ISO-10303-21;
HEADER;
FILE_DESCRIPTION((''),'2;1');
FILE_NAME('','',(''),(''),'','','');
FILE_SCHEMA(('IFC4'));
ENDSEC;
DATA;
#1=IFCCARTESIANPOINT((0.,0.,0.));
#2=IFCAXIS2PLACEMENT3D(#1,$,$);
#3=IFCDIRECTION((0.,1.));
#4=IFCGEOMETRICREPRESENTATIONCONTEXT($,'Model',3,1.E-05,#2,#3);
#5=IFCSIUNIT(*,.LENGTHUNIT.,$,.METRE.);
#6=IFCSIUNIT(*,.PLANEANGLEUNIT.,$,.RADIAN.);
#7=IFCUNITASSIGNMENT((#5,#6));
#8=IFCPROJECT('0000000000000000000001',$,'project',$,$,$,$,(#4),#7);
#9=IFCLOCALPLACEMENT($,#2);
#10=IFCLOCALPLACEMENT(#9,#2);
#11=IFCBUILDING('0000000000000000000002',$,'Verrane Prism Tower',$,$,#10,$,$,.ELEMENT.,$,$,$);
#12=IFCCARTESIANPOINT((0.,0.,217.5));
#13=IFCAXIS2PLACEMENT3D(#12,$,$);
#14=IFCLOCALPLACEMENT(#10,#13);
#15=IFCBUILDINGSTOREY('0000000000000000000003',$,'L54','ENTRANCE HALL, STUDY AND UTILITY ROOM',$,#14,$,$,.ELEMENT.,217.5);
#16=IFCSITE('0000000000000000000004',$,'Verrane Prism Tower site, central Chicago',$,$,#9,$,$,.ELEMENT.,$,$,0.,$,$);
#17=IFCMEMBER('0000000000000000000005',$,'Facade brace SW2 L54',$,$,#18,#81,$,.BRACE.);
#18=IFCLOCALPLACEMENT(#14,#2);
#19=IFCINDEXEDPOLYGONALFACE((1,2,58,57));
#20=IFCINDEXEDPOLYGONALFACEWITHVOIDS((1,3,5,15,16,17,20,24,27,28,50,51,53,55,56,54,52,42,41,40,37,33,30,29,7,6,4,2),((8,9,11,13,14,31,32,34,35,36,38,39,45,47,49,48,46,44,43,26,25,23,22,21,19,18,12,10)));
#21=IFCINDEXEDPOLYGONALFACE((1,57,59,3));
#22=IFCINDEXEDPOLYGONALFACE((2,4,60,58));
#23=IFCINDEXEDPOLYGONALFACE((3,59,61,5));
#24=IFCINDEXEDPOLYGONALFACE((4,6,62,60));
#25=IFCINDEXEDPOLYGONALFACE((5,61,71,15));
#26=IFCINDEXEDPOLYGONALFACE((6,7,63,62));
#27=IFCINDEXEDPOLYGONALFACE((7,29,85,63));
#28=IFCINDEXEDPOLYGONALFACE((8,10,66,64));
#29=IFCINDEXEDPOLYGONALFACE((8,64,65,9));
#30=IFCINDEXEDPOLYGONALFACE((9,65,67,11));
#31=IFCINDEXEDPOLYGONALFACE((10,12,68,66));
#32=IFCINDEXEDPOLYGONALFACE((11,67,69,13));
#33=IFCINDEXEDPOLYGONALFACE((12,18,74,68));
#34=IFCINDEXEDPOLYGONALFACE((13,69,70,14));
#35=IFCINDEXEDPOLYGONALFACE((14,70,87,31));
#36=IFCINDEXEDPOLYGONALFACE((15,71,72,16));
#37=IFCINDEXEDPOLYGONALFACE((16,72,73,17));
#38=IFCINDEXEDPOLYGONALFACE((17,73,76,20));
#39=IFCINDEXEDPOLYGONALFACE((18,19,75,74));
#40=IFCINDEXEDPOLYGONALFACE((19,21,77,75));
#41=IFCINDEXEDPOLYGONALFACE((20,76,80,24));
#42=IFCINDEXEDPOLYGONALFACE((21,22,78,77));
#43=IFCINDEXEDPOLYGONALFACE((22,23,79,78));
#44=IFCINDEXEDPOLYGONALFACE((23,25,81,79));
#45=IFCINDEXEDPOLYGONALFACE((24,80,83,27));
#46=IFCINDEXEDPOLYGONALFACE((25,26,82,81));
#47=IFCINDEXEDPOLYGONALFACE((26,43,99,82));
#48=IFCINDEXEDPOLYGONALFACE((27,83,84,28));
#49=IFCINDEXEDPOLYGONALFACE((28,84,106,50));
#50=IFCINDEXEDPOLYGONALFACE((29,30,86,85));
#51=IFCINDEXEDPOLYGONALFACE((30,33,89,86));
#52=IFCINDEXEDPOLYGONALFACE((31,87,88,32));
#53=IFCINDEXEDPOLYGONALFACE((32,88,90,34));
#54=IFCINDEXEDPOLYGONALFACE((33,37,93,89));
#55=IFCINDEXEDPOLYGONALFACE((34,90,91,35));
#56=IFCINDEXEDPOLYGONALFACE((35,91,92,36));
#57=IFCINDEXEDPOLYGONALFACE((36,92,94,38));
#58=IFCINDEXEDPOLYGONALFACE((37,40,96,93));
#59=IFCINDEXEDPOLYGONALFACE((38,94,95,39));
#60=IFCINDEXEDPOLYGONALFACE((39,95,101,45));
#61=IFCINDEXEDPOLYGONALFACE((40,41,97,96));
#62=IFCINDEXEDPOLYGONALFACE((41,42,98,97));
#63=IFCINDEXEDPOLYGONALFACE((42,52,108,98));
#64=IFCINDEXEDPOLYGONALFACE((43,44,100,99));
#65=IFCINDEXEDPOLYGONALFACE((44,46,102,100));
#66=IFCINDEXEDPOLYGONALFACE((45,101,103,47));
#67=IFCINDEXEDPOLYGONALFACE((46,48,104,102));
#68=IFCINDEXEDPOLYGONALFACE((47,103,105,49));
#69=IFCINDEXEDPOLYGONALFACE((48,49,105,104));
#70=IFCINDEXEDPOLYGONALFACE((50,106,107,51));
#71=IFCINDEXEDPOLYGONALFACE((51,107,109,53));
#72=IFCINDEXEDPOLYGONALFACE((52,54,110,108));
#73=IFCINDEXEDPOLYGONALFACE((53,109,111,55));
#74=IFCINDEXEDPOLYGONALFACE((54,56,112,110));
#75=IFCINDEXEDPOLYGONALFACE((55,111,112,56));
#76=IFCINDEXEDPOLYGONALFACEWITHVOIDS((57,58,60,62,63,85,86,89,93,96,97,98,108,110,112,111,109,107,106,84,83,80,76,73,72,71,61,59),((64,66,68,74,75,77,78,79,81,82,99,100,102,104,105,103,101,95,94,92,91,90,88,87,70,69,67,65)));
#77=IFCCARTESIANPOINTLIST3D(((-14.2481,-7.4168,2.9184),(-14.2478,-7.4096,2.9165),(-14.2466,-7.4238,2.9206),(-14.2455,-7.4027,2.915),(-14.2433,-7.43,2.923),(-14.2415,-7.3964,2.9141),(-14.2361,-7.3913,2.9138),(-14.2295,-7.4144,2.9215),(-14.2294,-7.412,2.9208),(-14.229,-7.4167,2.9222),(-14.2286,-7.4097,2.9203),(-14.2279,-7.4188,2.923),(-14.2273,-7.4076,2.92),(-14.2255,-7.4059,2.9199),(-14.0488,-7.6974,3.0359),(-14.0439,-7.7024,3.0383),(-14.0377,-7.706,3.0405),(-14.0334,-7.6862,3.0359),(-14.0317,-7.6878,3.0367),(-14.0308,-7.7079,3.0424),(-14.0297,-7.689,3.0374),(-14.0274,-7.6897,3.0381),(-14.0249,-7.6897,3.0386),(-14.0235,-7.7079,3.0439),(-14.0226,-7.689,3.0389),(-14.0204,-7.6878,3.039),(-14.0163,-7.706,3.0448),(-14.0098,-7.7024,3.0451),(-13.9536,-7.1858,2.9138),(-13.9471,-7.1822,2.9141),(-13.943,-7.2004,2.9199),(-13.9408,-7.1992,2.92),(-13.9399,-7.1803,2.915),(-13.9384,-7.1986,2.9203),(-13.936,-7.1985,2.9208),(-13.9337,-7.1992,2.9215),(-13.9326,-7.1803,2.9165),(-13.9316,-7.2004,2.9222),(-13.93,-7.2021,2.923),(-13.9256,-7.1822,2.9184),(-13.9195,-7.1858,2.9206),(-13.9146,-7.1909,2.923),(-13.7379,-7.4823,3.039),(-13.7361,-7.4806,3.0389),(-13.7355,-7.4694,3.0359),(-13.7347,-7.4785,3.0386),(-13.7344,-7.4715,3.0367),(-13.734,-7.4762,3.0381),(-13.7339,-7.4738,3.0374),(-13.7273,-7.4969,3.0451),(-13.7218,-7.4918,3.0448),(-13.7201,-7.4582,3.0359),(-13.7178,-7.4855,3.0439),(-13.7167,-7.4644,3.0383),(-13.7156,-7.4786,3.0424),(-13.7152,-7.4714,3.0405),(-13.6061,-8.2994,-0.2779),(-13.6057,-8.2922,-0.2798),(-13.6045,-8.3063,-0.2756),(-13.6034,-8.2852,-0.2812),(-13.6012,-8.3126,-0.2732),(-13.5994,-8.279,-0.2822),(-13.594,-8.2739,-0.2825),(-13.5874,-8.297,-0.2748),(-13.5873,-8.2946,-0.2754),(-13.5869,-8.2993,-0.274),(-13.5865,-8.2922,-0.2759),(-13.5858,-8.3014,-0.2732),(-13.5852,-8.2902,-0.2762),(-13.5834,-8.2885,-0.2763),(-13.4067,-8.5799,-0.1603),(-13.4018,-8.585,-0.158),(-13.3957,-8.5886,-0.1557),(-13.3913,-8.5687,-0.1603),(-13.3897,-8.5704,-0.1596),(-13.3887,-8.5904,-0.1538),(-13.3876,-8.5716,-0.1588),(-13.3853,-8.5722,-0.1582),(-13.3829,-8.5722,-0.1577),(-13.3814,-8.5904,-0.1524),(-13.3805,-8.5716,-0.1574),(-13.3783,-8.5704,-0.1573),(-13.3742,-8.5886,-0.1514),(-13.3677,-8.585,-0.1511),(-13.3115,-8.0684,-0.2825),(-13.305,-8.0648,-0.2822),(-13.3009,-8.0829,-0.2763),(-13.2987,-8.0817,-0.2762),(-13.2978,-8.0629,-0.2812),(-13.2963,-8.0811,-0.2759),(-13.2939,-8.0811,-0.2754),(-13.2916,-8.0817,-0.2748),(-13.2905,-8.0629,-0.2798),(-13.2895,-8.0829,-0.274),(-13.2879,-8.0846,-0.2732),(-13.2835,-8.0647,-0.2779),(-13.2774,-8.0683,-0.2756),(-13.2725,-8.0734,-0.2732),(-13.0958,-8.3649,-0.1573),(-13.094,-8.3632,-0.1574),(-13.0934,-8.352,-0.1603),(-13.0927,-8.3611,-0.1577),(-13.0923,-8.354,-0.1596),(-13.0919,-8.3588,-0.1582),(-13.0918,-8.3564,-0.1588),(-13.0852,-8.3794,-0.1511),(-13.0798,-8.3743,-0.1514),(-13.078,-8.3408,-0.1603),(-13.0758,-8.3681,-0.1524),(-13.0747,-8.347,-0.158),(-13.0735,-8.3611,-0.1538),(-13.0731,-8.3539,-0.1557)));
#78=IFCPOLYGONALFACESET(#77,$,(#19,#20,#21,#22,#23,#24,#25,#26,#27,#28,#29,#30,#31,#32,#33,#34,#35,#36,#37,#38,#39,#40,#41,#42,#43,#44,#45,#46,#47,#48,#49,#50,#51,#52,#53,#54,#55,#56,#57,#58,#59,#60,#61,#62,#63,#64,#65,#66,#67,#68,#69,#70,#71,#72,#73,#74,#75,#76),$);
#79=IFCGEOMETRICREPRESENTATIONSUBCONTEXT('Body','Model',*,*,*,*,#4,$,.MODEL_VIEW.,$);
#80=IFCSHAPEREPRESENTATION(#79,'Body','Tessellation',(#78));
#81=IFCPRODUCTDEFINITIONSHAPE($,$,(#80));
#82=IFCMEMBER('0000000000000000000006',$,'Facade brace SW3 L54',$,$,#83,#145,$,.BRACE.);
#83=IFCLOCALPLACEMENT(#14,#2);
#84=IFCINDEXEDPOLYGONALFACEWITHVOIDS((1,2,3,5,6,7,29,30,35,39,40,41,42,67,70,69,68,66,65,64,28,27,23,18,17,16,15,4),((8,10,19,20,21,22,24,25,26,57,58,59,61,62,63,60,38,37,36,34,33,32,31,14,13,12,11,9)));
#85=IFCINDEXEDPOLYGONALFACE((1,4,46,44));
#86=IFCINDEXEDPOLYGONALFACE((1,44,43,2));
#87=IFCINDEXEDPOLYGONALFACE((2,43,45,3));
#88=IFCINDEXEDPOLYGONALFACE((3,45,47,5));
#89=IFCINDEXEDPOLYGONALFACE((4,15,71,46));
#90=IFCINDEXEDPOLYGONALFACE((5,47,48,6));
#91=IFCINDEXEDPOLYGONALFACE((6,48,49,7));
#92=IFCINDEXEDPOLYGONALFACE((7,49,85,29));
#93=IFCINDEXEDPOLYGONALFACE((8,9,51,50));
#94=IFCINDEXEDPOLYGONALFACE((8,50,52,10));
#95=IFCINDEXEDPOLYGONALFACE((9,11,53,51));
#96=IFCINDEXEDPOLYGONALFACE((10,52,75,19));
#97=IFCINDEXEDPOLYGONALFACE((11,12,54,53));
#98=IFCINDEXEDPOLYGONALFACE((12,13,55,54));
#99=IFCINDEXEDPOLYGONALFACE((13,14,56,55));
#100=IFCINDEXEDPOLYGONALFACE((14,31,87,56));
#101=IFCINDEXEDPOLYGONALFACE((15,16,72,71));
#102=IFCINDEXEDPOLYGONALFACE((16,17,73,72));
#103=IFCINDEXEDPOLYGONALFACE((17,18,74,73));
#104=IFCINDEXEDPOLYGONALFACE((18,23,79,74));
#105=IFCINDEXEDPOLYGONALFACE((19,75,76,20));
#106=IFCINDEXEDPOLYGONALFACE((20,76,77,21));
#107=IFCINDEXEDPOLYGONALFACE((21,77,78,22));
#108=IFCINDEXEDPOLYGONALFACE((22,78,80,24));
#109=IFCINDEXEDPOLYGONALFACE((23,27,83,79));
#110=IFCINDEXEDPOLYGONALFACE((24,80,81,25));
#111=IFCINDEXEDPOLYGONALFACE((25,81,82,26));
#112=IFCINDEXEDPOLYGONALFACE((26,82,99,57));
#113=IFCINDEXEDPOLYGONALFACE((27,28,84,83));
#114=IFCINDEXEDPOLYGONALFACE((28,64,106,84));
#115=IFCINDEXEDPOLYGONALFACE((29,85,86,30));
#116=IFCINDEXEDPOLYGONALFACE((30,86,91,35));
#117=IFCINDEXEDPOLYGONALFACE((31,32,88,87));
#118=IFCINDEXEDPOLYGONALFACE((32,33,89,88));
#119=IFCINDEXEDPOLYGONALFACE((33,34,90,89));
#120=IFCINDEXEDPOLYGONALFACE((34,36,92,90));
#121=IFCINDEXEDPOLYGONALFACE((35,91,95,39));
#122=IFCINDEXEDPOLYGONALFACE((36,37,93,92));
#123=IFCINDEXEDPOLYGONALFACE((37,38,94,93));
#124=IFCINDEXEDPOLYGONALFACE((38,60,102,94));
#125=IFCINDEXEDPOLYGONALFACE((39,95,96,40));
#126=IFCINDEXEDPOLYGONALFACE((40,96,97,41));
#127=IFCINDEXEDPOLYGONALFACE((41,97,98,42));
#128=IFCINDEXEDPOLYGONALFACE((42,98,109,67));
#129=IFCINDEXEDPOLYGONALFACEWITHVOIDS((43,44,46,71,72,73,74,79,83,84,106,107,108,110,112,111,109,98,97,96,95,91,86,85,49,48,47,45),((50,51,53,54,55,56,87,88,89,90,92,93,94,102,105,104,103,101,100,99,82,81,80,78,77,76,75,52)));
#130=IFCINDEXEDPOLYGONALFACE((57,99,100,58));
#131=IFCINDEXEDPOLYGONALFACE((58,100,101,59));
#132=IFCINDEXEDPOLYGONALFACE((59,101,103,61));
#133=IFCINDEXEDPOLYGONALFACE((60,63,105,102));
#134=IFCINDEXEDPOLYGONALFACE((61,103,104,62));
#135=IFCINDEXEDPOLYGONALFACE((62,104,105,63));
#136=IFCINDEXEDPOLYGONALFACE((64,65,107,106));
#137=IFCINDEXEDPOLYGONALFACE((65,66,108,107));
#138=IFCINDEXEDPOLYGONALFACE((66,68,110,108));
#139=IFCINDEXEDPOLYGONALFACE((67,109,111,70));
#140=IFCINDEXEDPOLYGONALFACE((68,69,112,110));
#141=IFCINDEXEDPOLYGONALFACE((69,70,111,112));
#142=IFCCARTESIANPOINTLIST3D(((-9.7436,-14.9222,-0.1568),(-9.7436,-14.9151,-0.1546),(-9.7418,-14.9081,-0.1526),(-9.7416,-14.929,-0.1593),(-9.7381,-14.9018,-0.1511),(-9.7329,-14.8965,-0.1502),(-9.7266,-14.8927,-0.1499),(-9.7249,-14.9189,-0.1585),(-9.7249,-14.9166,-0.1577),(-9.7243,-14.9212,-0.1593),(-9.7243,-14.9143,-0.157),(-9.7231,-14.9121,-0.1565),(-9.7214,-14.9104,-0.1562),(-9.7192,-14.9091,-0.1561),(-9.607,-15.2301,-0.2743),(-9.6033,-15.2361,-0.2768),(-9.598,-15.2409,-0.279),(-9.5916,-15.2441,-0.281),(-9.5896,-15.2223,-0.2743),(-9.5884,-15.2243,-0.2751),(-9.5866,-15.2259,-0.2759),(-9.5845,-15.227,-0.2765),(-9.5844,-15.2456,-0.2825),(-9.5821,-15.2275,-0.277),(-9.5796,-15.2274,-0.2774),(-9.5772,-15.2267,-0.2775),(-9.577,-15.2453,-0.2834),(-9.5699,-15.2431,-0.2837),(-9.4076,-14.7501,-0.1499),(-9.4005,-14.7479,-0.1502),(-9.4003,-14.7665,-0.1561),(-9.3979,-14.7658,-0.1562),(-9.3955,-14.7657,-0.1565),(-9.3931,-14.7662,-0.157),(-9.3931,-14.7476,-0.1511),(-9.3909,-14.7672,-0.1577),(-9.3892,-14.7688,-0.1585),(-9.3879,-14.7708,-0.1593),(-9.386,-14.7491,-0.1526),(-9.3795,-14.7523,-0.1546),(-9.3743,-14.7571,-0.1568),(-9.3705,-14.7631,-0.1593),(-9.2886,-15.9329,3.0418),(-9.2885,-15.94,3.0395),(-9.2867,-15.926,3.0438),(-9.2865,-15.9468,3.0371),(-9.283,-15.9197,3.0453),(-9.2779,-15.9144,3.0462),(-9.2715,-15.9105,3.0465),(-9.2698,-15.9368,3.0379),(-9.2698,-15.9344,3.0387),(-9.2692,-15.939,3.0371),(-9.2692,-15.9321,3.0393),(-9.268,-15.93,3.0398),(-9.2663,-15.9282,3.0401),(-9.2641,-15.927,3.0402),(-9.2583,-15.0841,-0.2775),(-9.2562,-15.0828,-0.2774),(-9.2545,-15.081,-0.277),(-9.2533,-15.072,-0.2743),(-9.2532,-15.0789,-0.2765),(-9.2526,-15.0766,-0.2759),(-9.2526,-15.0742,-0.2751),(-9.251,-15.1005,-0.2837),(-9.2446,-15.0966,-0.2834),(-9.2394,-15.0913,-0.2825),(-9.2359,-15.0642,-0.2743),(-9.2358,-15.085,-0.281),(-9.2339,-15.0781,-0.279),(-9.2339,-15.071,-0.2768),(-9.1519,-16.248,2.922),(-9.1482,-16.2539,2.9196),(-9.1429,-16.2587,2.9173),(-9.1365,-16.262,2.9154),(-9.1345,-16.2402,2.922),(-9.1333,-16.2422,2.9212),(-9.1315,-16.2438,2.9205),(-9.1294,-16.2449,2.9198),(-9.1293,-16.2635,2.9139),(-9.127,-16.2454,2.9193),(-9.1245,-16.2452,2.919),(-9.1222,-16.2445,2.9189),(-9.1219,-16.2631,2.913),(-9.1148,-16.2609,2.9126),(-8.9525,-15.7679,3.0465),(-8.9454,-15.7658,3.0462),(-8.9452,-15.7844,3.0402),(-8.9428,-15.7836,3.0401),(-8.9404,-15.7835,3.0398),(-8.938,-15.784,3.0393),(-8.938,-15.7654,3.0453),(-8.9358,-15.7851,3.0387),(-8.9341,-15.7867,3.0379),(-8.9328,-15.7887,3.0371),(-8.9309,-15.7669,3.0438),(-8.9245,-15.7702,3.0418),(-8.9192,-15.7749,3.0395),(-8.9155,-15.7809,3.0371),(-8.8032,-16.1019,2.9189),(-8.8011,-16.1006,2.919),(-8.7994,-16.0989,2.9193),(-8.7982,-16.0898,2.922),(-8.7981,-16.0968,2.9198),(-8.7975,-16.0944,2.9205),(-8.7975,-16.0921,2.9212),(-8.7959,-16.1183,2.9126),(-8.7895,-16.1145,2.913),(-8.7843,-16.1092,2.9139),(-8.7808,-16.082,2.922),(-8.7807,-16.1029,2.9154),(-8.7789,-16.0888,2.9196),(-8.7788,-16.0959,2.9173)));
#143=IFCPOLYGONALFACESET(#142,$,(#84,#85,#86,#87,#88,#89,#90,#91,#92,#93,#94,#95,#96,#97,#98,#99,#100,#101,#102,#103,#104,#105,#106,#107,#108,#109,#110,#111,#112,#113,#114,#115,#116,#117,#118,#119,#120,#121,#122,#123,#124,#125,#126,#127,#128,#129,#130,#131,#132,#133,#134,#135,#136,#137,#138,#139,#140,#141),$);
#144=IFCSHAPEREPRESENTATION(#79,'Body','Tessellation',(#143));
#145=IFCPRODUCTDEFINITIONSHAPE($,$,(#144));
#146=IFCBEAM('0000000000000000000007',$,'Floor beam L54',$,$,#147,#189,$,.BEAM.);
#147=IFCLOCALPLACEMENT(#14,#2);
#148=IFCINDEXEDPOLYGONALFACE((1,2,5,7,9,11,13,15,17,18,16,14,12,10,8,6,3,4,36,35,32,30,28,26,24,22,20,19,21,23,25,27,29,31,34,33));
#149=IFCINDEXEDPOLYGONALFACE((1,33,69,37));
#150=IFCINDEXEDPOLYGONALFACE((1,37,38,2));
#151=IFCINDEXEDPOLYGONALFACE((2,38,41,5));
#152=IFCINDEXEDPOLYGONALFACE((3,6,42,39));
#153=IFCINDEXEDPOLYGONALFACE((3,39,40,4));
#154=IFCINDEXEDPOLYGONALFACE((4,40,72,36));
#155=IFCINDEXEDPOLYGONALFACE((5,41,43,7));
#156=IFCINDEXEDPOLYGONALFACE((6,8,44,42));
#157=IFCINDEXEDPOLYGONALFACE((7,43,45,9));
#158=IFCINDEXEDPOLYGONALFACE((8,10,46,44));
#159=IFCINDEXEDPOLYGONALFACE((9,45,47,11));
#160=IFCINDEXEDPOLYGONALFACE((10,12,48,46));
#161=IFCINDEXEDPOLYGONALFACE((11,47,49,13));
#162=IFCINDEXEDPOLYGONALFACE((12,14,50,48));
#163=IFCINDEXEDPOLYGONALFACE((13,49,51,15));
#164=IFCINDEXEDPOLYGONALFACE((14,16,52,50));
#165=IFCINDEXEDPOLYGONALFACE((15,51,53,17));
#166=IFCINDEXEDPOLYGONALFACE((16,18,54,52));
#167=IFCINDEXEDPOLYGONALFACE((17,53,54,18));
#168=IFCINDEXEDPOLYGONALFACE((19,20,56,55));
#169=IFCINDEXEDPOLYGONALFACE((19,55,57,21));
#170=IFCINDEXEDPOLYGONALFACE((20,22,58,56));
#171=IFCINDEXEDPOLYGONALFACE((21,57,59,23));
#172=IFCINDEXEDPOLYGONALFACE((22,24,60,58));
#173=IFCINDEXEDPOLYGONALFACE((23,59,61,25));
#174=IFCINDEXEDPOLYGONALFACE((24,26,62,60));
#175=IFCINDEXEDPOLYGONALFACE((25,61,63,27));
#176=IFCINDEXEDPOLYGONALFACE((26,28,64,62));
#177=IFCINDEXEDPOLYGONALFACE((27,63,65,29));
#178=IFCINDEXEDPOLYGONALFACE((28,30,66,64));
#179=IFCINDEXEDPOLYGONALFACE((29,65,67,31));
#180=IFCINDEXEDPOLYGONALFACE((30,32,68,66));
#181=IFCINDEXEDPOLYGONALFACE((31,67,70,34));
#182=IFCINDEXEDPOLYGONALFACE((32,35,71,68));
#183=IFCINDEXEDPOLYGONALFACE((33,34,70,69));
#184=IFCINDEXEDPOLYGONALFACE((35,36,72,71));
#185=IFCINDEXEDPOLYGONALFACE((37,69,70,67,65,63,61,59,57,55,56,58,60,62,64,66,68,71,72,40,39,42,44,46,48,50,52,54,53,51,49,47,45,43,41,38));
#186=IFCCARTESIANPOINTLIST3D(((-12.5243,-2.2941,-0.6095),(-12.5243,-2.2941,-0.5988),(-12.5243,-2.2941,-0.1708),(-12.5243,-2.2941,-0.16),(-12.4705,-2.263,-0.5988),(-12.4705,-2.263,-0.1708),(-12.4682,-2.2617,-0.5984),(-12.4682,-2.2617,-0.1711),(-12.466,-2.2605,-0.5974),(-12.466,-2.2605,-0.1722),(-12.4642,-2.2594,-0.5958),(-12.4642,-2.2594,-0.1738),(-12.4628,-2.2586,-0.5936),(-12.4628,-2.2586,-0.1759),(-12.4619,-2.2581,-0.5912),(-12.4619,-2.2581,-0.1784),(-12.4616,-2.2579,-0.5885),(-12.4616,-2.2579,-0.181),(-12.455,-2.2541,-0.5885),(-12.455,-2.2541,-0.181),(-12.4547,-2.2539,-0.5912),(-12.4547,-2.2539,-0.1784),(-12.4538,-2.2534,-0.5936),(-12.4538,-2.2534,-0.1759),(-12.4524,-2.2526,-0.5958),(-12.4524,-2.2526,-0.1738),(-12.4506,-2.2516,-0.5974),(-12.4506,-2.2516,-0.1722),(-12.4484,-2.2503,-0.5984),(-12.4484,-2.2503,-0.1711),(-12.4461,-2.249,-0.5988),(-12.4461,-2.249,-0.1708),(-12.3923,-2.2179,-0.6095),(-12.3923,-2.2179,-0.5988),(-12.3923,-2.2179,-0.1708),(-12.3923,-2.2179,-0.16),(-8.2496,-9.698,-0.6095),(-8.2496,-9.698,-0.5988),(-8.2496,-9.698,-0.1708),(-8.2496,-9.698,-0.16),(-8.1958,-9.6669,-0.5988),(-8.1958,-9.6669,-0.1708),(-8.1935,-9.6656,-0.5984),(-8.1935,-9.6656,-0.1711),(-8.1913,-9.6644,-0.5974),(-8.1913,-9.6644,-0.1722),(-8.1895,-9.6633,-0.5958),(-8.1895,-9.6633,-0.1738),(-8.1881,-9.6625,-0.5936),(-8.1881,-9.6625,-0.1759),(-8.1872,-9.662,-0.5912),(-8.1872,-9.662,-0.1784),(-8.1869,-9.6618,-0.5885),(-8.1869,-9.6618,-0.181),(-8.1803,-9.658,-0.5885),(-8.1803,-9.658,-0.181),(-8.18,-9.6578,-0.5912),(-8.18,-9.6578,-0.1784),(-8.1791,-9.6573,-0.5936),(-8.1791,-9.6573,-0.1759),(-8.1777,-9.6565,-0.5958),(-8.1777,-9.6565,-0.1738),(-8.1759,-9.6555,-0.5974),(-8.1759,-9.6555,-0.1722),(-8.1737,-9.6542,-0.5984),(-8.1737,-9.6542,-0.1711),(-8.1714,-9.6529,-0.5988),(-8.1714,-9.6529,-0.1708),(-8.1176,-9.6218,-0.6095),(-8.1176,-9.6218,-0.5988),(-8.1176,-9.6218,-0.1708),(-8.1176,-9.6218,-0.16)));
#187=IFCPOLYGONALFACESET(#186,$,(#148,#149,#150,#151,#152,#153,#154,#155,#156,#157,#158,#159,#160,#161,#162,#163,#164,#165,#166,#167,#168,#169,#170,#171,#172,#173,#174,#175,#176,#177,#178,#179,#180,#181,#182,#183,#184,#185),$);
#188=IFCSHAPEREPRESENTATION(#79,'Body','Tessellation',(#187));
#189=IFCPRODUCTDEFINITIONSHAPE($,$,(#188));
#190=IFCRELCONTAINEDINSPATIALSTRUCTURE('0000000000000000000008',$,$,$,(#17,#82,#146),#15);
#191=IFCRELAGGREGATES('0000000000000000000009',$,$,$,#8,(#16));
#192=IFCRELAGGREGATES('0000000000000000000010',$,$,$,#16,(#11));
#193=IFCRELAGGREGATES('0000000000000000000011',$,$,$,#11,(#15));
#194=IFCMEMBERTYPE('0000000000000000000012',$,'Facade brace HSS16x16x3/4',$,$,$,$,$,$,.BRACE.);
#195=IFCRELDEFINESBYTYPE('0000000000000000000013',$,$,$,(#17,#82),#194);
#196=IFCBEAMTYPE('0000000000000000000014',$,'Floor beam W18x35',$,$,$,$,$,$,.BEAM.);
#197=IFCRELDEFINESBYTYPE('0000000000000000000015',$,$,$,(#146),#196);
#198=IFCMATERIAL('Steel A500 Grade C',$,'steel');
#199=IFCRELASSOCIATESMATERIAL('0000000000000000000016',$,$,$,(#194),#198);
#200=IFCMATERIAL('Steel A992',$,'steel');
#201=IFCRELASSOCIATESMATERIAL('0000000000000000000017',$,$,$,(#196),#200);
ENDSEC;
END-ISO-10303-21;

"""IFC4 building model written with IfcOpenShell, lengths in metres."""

from ifc_helpers import new_model, si_unit, direction, frame, origin, origin_2d, place, context, subcontext, project, spatial, hollow_rectangle, i_section, extrude, material, material_profile, profile_set, type_object, element, save


model = new_model("IFC4")

# Units and contexts
model_context = context("Model", 3, precision=1e-05, world=origin(), true_north=direction((0.0, 1.0)))
body_context = subcontext(model_context, "Body", "Model", "MODEL_VIEW")
ifc_project = project(units=[si_unit("LENGTHUNIT", "METRE"), si_unit("PLANEANGLEUNIT", "RADIAN")], contexts=[model_context])

# Site, building, storey
site_placement = place(None, origin())
site = spatial("IfcSite", under=ifc_project, at=site_placement, Name="Verrane Prism Tower site, central Chicago", CompositionType="ELEMENT", RefElevation=0.0)
building_placement = place(site_placement, origin())
building = spatial("IfcBuilding", under=site, at=building_placement, Name="Verrane Prism Tower", CompositionType="ELEMENT")
storey_placement = place(building_placement, frame((0.0, 0.0, 217.5)))
storey = spatial("IfcBuildingStorey", under=building, at=storey_placement, Name="L54", Description="ENTRANCE HALL, STUDY AND UTILITY ROOM", CompositionType="ELEMENT", Elevation=217.5)

# Members
ifc_material_1 = material(Name="Steel A500 Grade C", Category="steel")
ifc_material_profile_1 = material_profile(ifc_material_1, hollow_rectangle(XDim=0.4065, YDim=0.4065, WallThickness=0.019, InnerFilletRadius=0.0095, OuterFilletRadius=0.0286, at=origin_2d()), Name="HSS16x16x3/4")
ifc_profile_set_1 = profile_set([ifc_material_profile_1], Name="Steel A500 Grade C")
member_type_1 = type_object("IfcMemberType", Name="Facade brace HSS16x16x3/4", PredefinedType="BRACE", material=ifc_profile_set_1)
member_1_placement = place(storey_placement, frame((-13.3396, -8.3267, -0.2168), z_axis=(-0.190108, 0.261309, 0.946349), x_axis=(-0.808639, -0.588305, 0.0)))
element("IfcMember", 1, at=member_1_placement, inside=storey, type_object=member_type_1, Name="Facade brace SW2 L54", PredefinedType="BRACE", context=body_context, shape_type="SweptSolid", body=[
    extrude(hollow_rectangle(XDim=0.4065, YDim=0.4065, WallThickness=0.019, InnerFilletRadius=0.0095, OuterFilletRadius=0.0286, at=origin_2d()), origin(), (0.0, 0.0, 1.0), 3.3774),
])
member_2_placement = place(storey_placement, frame((-9.4888, -14.9966, -0.2168), z_axis=(0.134433, -0.300672, 0.944206), x_axis=(0.912906, 0.408169, 0.0)))
element("IfcMember", 2, at=member_2_placement, inside=storey, type_object=member_type_1, Name="Facade brace SW3 L54", PredefinedType="BRACE", context=body_context, shape_type="SweptSolid", body=[
    extrude(hollow_rectangle(XDim=0.4065, YDim=0.4065, WallThickness=0.019, InnerFilletRadius=0.0095, OuterFilletRadius=0.0286, at=origin_2d()), origin(), (0.0, 0.0, 1.0), 3.3853),
])

# Beam
ifc_material_2 = material(Name="Steel A992", Category="steel")
ifc_material_profile_2 = material_profile(ifc_material_2, i_section(OverallWidth=0.1523, OverallDepth=0.4495, WebThickness=0.0076, FlangeThickness=0.0107, FilletRadius=0.0103, at=origin_2d()), Name="W18x35")
ifc_profile_set_2 = profile_set([ifc_material_profile_2], Name="Steel A992")
beam_type_1 = type_object("IfcBeamType", Name="Floor beam W18x35", PredefinedType="BEAM", material=ifc_profile_set_2)
beam_1_placement = place(storey_placement, frame((-8.1836, -9.6599, -0.3848), z_axis=(-0.500006, 0.866022, 0.0), x_axis=(-0.866022, -0.500006, 0.0)))
element("IfcBeam", 3, at=beam_1_placement, inside=storey, type_object=beam_type_1, Name="Floor beam L54", PredefinedType="BEAM", context=body_context, shape_type="SweptSolid", body=[
    extrude(i_section(OverallWidth=0.1523, OverallDepth=0.4495, WebThickness=0.0076, FlangeThickness=0.0107, FilletRadius=0.0103, at=origin_2d()), origin(), (0.0, 0.0, 1.0), 8.5493),
])

save(model, "model.ifc")
